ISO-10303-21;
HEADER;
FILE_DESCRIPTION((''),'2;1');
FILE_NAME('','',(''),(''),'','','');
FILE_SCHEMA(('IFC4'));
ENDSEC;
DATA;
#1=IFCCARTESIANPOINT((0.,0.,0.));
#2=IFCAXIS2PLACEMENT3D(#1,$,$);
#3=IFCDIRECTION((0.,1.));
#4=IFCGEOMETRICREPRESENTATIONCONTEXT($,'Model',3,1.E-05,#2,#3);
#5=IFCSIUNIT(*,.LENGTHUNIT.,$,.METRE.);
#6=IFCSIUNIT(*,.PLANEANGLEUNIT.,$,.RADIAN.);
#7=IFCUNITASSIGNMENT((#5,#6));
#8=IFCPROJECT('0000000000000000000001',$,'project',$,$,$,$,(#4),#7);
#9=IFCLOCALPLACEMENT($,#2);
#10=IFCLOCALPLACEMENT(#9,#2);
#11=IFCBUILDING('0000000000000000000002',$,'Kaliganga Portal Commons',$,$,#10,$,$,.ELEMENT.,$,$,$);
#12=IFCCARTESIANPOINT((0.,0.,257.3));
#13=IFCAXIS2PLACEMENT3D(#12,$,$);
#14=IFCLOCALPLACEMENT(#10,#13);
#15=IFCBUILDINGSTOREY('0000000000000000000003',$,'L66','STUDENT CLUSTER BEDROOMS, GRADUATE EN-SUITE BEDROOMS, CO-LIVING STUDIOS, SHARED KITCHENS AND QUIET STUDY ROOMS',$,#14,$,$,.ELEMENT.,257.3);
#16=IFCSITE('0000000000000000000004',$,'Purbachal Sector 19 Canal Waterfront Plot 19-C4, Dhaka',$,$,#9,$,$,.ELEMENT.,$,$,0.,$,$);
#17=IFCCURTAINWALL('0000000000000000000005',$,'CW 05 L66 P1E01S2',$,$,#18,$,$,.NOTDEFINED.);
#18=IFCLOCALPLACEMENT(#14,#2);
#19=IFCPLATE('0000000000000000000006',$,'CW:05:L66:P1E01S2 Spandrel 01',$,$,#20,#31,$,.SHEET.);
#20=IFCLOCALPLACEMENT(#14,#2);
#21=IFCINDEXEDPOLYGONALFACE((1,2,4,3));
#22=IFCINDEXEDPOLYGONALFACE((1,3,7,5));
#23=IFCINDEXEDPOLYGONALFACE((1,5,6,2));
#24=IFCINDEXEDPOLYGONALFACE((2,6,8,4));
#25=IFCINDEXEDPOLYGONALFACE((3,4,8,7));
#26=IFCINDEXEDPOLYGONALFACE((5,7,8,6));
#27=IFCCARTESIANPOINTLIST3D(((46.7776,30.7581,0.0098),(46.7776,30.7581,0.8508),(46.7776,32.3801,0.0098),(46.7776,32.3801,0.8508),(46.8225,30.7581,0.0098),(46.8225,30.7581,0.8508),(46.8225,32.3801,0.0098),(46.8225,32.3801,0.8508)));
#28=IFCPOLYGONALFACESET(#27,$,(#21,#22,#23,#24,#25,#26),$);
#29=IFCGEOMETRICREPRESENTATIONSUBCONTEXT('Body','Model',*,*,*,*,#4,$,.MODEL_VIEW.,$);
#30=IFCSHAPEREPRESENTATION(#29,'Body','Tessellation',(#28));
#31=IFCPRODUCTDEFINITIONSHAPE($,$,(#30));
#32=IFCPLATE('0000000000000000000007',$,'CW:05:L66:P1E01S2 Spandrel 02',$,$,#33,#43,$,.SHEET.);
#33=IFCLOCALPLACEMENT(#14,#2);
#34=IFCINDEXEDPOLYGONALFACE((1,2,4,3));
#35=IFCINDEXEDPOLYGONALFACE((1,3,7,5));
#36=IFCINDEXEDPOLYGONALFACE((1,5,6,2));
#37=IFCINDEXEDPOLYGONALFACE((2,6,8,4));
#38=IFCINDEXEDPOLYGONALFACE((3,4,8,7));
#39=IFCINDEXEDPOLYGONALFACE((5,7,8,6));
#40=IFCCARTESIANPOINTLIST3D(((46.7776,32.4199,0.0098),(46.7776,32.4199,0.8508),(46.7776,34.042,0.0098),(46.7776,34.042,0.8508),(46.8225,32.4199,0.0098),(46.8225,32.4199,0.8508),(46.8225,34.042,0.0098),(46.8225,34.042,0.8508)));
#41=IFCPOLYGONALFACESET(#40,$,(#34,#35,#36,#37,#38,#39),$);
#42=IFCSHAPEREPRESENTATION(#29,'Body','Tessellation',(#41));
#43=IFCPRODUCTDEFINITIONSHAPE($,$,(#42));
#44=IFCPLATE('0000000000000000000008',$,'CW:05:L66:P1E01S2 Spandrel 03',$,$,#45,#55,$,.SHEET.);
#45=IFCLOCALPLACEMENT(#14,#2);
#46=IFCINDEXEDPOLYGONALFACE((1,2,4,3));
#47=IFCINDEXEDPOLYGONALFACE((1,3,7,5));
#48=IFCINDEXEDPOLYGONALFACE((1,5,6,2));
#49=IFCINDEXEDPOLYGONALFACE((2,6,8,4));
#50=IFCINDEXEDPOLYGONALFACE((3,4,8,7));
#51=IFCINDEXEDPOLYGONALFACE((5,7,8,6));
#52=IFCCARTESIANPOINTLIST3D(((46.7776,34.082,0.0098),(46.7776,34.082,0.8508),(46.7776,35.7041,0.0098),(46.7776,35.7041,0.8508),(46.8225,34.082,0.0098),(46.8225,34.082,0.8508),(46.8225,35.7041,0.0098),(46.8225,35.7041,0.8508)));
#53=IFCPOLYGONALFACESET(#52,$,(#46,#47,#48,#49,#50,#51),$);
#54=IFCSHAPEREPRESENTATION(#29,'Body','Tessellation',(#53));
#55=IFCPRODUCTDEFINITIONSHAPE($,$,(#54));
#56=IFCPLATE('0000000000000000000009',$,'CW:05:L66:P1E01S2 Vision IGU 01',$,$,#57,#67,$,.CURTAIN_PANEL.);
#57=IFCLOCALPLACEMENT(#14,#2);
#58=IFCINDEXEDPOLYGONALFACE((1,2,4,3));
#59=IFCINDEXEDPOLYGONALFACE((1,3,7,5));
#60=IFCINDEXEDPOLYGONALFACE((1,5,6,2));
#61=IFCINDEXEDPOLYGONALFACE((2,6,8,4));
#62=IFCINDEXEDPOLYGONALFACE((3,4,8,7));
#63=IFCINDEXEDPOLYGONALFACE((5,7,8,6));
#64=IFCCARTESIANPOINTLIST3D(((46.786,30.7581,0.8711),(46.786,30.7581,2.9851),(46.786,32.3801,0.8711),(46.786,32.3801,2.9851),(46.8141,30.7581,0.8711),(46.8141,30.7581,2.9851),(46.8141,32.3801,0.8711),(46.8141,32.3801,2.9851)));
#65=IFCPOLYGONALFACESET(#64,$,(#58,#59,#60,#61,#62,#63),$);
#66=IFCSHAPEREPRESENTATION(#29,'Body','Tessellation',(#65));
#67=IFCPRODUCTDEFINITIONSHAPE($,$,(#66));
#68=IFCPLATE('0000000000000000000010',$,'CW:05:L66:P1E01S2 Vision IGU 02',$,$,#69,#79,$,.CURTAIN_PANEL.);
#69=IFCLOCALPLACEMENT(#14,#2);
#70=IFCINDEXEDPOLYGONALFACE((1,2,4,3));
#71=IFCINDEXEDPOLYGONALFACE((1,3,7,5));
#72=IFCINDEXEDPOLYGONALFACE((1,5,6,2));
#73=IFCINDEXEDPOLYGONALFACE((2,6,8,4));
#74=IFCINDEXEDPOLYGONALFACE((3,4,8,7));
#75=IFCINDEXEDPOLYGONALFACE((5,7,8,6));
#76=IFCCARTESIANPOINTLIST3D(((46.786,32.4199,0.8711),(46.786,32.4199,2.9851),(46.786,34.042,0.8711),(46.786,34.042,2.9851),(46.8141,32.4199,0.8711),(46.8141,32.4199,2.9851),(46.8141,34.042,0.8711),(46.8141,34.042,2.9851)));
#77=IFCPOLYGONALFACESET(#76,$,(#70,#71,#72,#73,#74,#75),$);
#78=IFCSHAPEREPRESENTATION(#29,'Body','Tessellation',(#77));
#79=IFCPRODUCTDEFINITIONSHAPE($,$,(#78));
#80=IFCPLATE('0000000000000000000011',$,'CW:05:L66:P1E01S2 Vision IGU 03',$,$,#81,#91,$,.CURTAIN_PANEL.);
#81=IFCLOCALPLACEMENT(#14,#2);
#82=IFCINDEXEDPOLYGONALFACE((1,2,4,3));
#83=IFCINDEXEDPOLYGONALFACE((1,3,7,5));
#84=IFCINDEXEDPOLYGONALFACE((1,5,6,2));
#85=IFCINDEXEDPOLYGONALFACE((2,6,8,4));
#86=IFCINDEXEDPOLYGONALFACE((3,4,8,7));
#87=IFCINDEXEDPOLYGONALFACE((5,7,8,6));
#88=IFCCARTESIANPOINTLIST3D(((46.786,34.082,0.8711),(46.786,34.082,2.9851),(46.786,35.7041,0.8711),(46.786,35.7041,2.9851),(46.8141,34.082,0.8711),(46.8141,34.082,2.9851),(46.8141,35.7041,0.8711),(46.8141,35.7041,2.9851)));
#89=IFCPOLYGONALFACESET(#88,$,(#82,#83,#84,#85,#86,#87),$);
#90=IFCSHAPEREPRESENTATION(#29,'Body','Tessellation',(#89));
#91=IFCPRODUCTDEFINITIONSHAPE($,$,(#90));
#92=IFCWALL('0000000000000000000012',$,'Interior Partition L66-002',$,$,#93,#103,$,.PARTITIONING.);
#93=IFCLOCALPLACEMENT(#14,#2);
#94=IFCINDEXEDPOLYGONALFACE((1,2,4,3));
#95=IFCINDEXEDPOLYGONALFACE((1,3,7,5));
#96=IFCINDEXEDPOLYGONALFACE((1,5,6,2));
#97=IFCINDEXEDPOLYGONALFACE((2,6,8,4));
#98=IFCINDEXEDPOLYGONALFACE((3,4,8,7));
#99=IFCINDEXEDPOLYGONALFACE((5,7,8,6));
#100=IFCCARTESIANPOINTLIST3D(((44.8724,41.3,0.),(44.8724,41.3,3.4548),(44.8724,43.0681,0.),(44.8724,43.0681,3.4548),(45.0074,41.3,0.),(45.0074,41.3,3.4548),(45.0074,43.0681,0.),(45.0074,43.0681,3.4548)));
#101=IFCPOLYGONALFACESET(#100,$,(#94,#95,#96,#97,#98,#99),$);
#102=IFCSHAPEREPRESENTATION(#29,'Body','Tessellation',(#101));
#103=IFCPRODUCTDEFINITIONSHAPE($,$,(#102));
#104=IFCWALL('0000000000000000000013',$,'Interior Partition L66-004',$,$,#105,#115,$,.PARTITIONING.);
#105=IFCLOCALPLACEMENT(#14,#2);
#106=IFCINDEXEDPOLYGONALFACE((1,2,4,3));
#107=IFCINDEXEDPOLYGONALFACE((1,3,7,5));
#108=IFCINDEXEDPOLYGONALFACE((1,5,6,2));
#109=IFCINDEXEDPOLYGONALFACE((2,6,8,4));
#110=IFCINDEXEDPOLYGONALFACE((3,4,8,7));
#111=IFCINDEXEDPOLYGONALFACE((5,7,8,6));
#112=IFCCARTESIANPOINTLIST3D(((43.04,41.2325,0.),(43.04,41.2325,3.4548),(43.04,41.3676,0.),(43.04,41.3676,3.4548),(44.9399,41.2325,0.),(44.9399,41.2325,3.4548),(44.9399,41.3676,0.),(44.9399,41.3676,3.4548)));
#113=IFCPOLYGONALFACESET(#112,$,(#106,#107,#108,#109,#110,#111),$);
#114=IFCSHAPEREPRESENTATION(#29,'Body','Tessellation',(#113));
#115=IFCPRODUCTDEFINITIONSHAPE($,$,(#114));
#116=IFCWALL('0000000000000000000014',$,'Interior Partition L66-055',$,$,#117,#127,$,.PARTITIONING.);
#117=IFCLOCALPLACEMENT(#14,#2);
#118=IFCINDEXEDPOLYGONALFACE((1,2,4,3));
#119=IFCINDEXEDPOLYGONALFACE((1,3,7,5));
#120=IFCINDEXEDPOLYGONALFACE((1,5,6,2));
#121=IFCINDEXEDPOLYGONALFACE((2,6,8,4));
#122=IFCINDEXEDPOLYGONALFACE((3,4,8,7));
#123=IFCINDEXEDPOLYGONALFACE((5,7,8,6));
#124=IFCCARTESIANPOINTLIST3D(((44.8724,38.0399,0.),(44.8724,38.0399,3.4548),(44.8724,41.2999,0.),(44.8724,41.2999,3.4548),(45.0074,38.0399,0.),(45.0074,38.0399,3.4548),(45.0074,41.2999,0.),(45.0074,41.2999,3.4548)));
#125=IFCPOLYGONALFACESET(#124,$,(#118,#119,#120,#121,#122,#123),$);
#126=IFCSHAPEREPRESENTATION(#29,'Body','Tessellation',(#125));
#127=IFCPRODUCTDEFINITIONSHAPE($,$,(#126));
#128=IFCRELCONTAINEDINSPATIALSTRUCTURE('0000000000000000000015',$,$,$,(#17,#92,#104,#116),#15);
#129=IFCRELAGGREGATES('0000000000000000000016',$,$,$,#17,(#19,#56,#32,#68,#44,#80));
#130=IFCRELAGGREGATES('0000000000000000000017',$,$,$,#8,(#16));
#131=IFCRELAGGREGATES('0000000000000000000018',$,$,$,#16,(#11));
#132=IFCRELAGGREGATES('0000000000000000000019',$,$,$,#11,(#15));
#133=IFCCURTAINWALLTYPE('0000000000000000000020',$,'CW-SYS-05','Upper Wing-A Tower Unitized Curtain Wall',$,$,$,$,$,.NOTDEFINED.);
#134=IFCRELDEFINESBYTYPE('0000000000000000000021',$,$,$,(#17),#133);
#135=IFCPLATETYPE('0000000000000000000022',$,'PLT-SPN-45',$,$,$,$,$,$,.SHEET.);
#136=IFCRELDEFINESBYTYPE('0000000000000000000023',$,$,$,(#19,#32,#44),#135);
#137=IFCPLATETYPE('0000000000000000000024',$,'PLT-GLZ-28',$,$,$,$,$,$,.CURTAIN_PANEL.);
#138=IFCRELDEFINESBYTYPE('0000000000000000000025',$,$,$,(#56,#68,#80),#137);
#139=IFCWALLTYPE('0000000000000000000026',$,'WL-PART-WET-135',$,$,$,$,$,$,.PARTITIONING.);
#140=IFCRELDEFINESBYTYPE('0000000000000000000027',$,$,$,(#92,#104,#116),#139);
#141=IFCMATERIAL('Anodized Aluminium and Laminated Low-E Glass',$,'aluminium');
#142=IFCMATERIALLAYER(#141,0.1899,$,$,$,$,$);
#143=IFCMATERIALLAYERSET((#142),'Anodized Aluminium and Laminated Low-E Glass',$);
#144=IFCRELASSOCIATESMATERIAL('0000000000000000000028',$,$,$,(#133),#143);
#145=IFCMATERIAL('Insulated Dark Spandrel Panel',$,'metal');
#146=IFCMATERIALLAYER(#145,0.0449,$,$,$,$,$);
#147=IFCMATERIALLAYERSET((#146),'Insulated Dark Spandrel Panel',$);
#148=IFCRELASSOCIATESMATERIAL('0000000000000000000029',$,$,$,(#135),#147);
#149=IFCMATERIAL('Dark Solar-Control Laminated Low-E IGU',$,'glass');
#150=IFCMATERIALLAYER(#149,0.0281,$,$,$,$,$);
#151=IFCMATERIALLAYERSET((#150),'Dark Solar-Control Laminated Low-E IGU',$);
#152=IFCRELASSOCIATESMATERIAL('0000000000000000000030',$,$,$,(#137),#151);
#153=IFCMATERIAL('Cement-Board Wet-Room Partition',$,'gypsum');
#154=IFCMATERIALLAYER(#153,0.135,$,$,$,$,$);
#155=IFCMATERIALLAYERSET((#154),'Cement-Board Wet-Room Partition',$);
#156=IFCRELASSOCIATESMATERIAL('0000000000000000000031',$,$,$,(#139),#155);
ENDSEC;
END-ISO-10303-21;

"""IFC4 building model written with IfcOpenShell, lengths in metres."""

from ifc_helpers import new_model, si_unit, direction, frame, frame_2d, origin, origin_2d, place, context, subcontext, project, spatial, rectangle, extrude, source, transform, mapped, material, layer, layer_set, type_object, element, aggregate, save


model = new_model("IFC4")

# Units and contexts
model_context = context("Model", 3, precision=1e-05, world=origin(), true_north=direction((0.0, 1.0)))
body_context = subcontext(model_context, "Body", "Model", "MODEL_VIEW")
ifc_project = project(units=[si_unit("LENGTHUNIT", "METRE"), si_unit("PLANEANGLEUNIT", "RADIAN")], contexts=[model_context])

# Site, building, storey
site_placement = place(None, origin())
site = spatial("IfcSite", under=ifc_project, at=site_placement, Name="Purbachal Sector 19 Canal Waterfront Plot 19-C4, Dhaka", CompositionType="ELEMENT", RefElevation=0.0)
building_placement = place(site_placement, origin())
building = spatial("IfcBuilding", under=site, at=building_placement, Name="Kaliganga Portal Commons", CompositionType="ELEMENT")
storey_placement = place(building_placement, frame((0.0, 0.0, 257.3)))
storey = spatial("IfcBuildingStorey", under=building, at=storey_placement, Name="L66", Description="STUDENT CLUSTER BEDROOMS, GRADUATE EN-SUITE BEDROOMS, CO-LIVING STUDIOS, SHARED KITCHENS AND QUIET STUDY ROOMS", CompositionType="ELEMENT", Elevation=257.3)

# Curtain wall
ifc_material_1 = material(Name="Anodized Aluminium and Laminated Low-E Glass", Category="aluminium")
ifc_layer_1 = layer(ifc_material_1, 0.1899)
ifc_layer_set_1 = layer_set([ifc_layer_1], Name="Anodized Aluminium and Laminated Low-E Glass")
curtain_wall_type = type_object("IfcCurtainWallType", Name="CW-SYS-05", Description="Upper Wing-A Tower Unitized Curtain Wall", PredefinedType="NOTDEFINED", material=ifc_layer_set_1)
curtain_wall_1_placement = place(storey_placement, origin())
curtain_wall_1 = element("IfcCurtainWall", 1, at=curtain_wall_1_placement, inside=storey, type_object=curtain_wall_type, Name="CW 05 L66 P1E01S2", PredefinedType="NOTDEFINED")

# Shared definitions
ifc_material_2 = material(Name="Insulated Dark Spandrel Panel", Category="metal")
ifc_layer_2 = layer(ifc_material_2, 0.0449)
ifc_layer_set_2 = layer_set([ifc_layer_2], Name="Insulated Dark Spandrel Panel")
plate_type_1 = type_object("IfcPlateType", Name="PLT-SPN-45", PredefinedType="SHEET", material=ifc_layer_set_2)
ifc_material_3 = material(Name="Dark Solar-Control Laminated Low-E IGU", Category="glass")
ifc_layer_3 = layer(ifc_material_3, 0.0281)
ifc_layer_set_3 = layer_set([ifc_layer_3], Name="Dark Solar-Control Laminated Low-E IGU")
plate_type_2 = type_object("IfcPlateType", Name="PLT-GLZ-28", PredefinedType="CURTAIN_PANEL", material=ifc_layer_set_3)

# Plates
shared_shape_1 = source(origin(), body_context, "Body", "SweptSolid", [
    extrude(rectangle(XDim=1.6221, YDim=0.0449, at=origin_2d()), origin(), (0.0, 0.0, 1.0), 0.8411),
])
plate_1_placement = place(storey_placement, frame((46.8, 31.5691, 0.0098), z_axis=(0.0, 0.0, 1.0), x_axis=(0.0, 1.0, 0.0)))
plate_1 = element("IfcPlate", 2, at=plate_1_placement, type_object=plate_type_1, Name="CW:05:L66:P1E01S2 Spandrel 01", PredefinedType="SHEET", context=body_context, shape_type="MappedRepresentation", body=[
    mapped(shared_shape_1, transform((0.0, 0.0, 0.0), x_axis=(1.0, 0.0, 0.0), y_axis=(0.0, 1.0, 0.0), z_axis=(0.0, 0.0, 1.0), scale=1.0)),
])
plate_2_placement = place(storey_placement, frame((46.8, 33.231, 0.0098), z_axis=(0.0, 0.0, 1.0), x_axis=(0.0, 1.0, 0.0)))
plate_2 = element("IfcPlate", 3, at=plate_2_placement, type_object=plate_type_1, Name="CW:05:L66:P1E01S2 Spandrel 02", PredefinedType="SHEET", context=body_context, shape_type="MappedRepresentation", body=[
    mapped(shared_shape_1, transform((0.0, 0.0, 0.0), x_axis=(1.0, 0.0, 0.0), y_axis=(0.0, 1.0, 0.0), z_axis=(0.0, 0.0, 1.0), scale=1.0)),
])
plate_3_placement = place(storey_placement, frame((46.8, 34.8931, 0.0098), z_axis=(0.0, 0.0, 1.0), x_axis=(0.0, 1.0, 0.0)))
plate_3 = element("IfcPlate", 4, at=plate_3_placement, type_object=plate_type_1, Name="CW:05:L66:P1E01S2 Spandrel 03", PredefinedType="SHEET", context=body_context, shape_type="MappedRepresentation", body=[
    mapped(shared_shape_1, transform((0.0, 0.0, 0.0), x_axis=(1.0, 0.0, 0.0), y_axis=(0.0, 1.0, 0.0), z_axis=(0.0, 0.0, 1.0), scale=1.0)),
])
shared_shape_2 = source(origin(), body_context, "Body", "SweptSolid", [
    extrude(rectangle(XDim=1.6221, YDim=0.0281, at=origin_2d()), origin(), (0.0, 0.0, 1.0), 2.114),
])
plate_4_placement = place(storey_placement, frame((46.8, 31.5691, 0.8711), z_axis=(0.0, 0.0, 1.0), x_axis=(0.0, 1.0, 0.0)))
plate_4 = element("IfcPlate", 5, at=plate_4_placement, type_object=plate_type_2, Name="CW:05:L66:P1E01S2 Vision IGU 01", PredefinedType="CURTAIN_PANEL", context=body_context, shape_type="MappedRepresentation", body=[
    mapped(shared_shape_2, transform((0.0, 0.0, 0.0), x_axis=(1.0, 0.0, 0.0), y_axis=(0.0, 1.0, 0.0), z_axis=(0.0, 0.0, 1.0), scale=1.0)),
])
plate_5_placement = place(storey_placement, frame((46.8, 33.231, 0.8711), z_axis=(0.0, 0.0, 1.0), x_axis=(0.0, 1.0, 0.0)))
plate_5 = element("IfcPlate", 6, at=plate_5_placement, type_object=plate_type_2, Name="CW:05:L66:P1E01S2 Vision IGU 02", PredefinedType="CURTAIN_PANEL", context=body_context, shape_type="MappedRepresentation", body=[
    mapped(shared_shape_2, transform((0.0, 0.0, 0.0), x_axis=(1.0, 0.0, 0.0), y_axis=(0.0, 1.0, 0.0), z_axis=(0.0, 0.0, 1.0), scale=1.0)),
])
plate_6_placement = place(storey_placement, frame((46.8, 34.8931, 0.8711), z_axis=(0.0, 0.0, 1.0), x_axis=(0.0, 1.0, 0.0)))
plate_6 = element("IfcPlate", 7, at=plate_6_placement, type_object=plate_type_2, Name="CW:05:L66:P1E01S2 Vision IGU 03", PredefinedType="CURTAIN_PANEL", context=body_context, shape_type="MappedRepresentation", body=[
    mapped(shared_shape_2, transform((0.0, 0.0, 0.0), x_axis=(1.0, 0.0, 0.0), y_axis=(0.0, 1.0, 0.0), z_axis=(0.0, 0.0, 1.0), scale=1.0)),
])
aggregate(curtain_wall_1, [plate_1, plate_4, plate_2, plate_5, plate_3, plate_6])

# Walls
ifc_material_4 = material(Name="Cement-Board Wet-Room Partition", Category="gypsum")
ifc_layer_4 = layer(ifc_material_4, 0.135)
ifc_layer_set_4 = layer_set([ifc_layer_4], Name="Cement-Board Wet-Room Partition")
wall_type_1 = type_object("IfcWallType", Name="WL-PART-WET-135", PredefinedType="PARTITIONING", material=ifc_layer_set_4)
wall_1_placement = place(storey_placement, frame((44.9399, 41.3, 0.0), z_axis=(0.0, 0.0, 1.0), x_axis=(0.0, 1.0, 0.0)))
element("IfcWall", 8, at=wall_1_placement, inside=storey, type_object=wall_type_1, Name="Interior Partition L66-002", PredefinedType="PARTITIONING", context=body_context, shape_type="SweptSolid", body=[
    extrude(rectangle(XDim=1.7681, YDim=0.135, at=frame_2d((0.884, 0.0))), origin(), (0.0, 0.0, 1.0), 3.4548),
])
wall_2_placement = place(storey_placement, frame((43.04, 41.3, 0.0), z_axis=(0.0, 0.0, 1.0), x_axis=(1.0, 0.0, 0.0)))
element("IfcWall", 9, at=wall_2_placement, inside=storey, type_object=wall_type_1, Name="Interior Partition L66-004", PredefinedType="PARTITIONING", context=body_context, shape_type="SweptSolid", body=[
    extrude(rectangle(XDim=1.8999, YDim=0.135, at=frame_2d((0.95, 0.0))), origin(), (0.0, 0.0, 1.0), 3.4548),
])
wall_3_placement = place(storey_placement, frame((44.9399, 38.04, 0.0), z_axis=(0.0, 0.0, 1.0), x_axis=(0.0, 1.0, 0.0)))
element("IfcWall", 10, at=wall_3_placement, inside=storey, type_object=wall_type_1, Name="Interior Partition L66-055", PredefinedType="PARTITIONING", context=body_context, shape_type="SweptSolid", body=[
    extrude(rectangle(XDim=3.26, YDim=0.135, at=frame_2d((1.6299, 0.0))), origin(), (0.0, 0.0, 1.0), 3.4548),
])

save(model, "model.ifc")
